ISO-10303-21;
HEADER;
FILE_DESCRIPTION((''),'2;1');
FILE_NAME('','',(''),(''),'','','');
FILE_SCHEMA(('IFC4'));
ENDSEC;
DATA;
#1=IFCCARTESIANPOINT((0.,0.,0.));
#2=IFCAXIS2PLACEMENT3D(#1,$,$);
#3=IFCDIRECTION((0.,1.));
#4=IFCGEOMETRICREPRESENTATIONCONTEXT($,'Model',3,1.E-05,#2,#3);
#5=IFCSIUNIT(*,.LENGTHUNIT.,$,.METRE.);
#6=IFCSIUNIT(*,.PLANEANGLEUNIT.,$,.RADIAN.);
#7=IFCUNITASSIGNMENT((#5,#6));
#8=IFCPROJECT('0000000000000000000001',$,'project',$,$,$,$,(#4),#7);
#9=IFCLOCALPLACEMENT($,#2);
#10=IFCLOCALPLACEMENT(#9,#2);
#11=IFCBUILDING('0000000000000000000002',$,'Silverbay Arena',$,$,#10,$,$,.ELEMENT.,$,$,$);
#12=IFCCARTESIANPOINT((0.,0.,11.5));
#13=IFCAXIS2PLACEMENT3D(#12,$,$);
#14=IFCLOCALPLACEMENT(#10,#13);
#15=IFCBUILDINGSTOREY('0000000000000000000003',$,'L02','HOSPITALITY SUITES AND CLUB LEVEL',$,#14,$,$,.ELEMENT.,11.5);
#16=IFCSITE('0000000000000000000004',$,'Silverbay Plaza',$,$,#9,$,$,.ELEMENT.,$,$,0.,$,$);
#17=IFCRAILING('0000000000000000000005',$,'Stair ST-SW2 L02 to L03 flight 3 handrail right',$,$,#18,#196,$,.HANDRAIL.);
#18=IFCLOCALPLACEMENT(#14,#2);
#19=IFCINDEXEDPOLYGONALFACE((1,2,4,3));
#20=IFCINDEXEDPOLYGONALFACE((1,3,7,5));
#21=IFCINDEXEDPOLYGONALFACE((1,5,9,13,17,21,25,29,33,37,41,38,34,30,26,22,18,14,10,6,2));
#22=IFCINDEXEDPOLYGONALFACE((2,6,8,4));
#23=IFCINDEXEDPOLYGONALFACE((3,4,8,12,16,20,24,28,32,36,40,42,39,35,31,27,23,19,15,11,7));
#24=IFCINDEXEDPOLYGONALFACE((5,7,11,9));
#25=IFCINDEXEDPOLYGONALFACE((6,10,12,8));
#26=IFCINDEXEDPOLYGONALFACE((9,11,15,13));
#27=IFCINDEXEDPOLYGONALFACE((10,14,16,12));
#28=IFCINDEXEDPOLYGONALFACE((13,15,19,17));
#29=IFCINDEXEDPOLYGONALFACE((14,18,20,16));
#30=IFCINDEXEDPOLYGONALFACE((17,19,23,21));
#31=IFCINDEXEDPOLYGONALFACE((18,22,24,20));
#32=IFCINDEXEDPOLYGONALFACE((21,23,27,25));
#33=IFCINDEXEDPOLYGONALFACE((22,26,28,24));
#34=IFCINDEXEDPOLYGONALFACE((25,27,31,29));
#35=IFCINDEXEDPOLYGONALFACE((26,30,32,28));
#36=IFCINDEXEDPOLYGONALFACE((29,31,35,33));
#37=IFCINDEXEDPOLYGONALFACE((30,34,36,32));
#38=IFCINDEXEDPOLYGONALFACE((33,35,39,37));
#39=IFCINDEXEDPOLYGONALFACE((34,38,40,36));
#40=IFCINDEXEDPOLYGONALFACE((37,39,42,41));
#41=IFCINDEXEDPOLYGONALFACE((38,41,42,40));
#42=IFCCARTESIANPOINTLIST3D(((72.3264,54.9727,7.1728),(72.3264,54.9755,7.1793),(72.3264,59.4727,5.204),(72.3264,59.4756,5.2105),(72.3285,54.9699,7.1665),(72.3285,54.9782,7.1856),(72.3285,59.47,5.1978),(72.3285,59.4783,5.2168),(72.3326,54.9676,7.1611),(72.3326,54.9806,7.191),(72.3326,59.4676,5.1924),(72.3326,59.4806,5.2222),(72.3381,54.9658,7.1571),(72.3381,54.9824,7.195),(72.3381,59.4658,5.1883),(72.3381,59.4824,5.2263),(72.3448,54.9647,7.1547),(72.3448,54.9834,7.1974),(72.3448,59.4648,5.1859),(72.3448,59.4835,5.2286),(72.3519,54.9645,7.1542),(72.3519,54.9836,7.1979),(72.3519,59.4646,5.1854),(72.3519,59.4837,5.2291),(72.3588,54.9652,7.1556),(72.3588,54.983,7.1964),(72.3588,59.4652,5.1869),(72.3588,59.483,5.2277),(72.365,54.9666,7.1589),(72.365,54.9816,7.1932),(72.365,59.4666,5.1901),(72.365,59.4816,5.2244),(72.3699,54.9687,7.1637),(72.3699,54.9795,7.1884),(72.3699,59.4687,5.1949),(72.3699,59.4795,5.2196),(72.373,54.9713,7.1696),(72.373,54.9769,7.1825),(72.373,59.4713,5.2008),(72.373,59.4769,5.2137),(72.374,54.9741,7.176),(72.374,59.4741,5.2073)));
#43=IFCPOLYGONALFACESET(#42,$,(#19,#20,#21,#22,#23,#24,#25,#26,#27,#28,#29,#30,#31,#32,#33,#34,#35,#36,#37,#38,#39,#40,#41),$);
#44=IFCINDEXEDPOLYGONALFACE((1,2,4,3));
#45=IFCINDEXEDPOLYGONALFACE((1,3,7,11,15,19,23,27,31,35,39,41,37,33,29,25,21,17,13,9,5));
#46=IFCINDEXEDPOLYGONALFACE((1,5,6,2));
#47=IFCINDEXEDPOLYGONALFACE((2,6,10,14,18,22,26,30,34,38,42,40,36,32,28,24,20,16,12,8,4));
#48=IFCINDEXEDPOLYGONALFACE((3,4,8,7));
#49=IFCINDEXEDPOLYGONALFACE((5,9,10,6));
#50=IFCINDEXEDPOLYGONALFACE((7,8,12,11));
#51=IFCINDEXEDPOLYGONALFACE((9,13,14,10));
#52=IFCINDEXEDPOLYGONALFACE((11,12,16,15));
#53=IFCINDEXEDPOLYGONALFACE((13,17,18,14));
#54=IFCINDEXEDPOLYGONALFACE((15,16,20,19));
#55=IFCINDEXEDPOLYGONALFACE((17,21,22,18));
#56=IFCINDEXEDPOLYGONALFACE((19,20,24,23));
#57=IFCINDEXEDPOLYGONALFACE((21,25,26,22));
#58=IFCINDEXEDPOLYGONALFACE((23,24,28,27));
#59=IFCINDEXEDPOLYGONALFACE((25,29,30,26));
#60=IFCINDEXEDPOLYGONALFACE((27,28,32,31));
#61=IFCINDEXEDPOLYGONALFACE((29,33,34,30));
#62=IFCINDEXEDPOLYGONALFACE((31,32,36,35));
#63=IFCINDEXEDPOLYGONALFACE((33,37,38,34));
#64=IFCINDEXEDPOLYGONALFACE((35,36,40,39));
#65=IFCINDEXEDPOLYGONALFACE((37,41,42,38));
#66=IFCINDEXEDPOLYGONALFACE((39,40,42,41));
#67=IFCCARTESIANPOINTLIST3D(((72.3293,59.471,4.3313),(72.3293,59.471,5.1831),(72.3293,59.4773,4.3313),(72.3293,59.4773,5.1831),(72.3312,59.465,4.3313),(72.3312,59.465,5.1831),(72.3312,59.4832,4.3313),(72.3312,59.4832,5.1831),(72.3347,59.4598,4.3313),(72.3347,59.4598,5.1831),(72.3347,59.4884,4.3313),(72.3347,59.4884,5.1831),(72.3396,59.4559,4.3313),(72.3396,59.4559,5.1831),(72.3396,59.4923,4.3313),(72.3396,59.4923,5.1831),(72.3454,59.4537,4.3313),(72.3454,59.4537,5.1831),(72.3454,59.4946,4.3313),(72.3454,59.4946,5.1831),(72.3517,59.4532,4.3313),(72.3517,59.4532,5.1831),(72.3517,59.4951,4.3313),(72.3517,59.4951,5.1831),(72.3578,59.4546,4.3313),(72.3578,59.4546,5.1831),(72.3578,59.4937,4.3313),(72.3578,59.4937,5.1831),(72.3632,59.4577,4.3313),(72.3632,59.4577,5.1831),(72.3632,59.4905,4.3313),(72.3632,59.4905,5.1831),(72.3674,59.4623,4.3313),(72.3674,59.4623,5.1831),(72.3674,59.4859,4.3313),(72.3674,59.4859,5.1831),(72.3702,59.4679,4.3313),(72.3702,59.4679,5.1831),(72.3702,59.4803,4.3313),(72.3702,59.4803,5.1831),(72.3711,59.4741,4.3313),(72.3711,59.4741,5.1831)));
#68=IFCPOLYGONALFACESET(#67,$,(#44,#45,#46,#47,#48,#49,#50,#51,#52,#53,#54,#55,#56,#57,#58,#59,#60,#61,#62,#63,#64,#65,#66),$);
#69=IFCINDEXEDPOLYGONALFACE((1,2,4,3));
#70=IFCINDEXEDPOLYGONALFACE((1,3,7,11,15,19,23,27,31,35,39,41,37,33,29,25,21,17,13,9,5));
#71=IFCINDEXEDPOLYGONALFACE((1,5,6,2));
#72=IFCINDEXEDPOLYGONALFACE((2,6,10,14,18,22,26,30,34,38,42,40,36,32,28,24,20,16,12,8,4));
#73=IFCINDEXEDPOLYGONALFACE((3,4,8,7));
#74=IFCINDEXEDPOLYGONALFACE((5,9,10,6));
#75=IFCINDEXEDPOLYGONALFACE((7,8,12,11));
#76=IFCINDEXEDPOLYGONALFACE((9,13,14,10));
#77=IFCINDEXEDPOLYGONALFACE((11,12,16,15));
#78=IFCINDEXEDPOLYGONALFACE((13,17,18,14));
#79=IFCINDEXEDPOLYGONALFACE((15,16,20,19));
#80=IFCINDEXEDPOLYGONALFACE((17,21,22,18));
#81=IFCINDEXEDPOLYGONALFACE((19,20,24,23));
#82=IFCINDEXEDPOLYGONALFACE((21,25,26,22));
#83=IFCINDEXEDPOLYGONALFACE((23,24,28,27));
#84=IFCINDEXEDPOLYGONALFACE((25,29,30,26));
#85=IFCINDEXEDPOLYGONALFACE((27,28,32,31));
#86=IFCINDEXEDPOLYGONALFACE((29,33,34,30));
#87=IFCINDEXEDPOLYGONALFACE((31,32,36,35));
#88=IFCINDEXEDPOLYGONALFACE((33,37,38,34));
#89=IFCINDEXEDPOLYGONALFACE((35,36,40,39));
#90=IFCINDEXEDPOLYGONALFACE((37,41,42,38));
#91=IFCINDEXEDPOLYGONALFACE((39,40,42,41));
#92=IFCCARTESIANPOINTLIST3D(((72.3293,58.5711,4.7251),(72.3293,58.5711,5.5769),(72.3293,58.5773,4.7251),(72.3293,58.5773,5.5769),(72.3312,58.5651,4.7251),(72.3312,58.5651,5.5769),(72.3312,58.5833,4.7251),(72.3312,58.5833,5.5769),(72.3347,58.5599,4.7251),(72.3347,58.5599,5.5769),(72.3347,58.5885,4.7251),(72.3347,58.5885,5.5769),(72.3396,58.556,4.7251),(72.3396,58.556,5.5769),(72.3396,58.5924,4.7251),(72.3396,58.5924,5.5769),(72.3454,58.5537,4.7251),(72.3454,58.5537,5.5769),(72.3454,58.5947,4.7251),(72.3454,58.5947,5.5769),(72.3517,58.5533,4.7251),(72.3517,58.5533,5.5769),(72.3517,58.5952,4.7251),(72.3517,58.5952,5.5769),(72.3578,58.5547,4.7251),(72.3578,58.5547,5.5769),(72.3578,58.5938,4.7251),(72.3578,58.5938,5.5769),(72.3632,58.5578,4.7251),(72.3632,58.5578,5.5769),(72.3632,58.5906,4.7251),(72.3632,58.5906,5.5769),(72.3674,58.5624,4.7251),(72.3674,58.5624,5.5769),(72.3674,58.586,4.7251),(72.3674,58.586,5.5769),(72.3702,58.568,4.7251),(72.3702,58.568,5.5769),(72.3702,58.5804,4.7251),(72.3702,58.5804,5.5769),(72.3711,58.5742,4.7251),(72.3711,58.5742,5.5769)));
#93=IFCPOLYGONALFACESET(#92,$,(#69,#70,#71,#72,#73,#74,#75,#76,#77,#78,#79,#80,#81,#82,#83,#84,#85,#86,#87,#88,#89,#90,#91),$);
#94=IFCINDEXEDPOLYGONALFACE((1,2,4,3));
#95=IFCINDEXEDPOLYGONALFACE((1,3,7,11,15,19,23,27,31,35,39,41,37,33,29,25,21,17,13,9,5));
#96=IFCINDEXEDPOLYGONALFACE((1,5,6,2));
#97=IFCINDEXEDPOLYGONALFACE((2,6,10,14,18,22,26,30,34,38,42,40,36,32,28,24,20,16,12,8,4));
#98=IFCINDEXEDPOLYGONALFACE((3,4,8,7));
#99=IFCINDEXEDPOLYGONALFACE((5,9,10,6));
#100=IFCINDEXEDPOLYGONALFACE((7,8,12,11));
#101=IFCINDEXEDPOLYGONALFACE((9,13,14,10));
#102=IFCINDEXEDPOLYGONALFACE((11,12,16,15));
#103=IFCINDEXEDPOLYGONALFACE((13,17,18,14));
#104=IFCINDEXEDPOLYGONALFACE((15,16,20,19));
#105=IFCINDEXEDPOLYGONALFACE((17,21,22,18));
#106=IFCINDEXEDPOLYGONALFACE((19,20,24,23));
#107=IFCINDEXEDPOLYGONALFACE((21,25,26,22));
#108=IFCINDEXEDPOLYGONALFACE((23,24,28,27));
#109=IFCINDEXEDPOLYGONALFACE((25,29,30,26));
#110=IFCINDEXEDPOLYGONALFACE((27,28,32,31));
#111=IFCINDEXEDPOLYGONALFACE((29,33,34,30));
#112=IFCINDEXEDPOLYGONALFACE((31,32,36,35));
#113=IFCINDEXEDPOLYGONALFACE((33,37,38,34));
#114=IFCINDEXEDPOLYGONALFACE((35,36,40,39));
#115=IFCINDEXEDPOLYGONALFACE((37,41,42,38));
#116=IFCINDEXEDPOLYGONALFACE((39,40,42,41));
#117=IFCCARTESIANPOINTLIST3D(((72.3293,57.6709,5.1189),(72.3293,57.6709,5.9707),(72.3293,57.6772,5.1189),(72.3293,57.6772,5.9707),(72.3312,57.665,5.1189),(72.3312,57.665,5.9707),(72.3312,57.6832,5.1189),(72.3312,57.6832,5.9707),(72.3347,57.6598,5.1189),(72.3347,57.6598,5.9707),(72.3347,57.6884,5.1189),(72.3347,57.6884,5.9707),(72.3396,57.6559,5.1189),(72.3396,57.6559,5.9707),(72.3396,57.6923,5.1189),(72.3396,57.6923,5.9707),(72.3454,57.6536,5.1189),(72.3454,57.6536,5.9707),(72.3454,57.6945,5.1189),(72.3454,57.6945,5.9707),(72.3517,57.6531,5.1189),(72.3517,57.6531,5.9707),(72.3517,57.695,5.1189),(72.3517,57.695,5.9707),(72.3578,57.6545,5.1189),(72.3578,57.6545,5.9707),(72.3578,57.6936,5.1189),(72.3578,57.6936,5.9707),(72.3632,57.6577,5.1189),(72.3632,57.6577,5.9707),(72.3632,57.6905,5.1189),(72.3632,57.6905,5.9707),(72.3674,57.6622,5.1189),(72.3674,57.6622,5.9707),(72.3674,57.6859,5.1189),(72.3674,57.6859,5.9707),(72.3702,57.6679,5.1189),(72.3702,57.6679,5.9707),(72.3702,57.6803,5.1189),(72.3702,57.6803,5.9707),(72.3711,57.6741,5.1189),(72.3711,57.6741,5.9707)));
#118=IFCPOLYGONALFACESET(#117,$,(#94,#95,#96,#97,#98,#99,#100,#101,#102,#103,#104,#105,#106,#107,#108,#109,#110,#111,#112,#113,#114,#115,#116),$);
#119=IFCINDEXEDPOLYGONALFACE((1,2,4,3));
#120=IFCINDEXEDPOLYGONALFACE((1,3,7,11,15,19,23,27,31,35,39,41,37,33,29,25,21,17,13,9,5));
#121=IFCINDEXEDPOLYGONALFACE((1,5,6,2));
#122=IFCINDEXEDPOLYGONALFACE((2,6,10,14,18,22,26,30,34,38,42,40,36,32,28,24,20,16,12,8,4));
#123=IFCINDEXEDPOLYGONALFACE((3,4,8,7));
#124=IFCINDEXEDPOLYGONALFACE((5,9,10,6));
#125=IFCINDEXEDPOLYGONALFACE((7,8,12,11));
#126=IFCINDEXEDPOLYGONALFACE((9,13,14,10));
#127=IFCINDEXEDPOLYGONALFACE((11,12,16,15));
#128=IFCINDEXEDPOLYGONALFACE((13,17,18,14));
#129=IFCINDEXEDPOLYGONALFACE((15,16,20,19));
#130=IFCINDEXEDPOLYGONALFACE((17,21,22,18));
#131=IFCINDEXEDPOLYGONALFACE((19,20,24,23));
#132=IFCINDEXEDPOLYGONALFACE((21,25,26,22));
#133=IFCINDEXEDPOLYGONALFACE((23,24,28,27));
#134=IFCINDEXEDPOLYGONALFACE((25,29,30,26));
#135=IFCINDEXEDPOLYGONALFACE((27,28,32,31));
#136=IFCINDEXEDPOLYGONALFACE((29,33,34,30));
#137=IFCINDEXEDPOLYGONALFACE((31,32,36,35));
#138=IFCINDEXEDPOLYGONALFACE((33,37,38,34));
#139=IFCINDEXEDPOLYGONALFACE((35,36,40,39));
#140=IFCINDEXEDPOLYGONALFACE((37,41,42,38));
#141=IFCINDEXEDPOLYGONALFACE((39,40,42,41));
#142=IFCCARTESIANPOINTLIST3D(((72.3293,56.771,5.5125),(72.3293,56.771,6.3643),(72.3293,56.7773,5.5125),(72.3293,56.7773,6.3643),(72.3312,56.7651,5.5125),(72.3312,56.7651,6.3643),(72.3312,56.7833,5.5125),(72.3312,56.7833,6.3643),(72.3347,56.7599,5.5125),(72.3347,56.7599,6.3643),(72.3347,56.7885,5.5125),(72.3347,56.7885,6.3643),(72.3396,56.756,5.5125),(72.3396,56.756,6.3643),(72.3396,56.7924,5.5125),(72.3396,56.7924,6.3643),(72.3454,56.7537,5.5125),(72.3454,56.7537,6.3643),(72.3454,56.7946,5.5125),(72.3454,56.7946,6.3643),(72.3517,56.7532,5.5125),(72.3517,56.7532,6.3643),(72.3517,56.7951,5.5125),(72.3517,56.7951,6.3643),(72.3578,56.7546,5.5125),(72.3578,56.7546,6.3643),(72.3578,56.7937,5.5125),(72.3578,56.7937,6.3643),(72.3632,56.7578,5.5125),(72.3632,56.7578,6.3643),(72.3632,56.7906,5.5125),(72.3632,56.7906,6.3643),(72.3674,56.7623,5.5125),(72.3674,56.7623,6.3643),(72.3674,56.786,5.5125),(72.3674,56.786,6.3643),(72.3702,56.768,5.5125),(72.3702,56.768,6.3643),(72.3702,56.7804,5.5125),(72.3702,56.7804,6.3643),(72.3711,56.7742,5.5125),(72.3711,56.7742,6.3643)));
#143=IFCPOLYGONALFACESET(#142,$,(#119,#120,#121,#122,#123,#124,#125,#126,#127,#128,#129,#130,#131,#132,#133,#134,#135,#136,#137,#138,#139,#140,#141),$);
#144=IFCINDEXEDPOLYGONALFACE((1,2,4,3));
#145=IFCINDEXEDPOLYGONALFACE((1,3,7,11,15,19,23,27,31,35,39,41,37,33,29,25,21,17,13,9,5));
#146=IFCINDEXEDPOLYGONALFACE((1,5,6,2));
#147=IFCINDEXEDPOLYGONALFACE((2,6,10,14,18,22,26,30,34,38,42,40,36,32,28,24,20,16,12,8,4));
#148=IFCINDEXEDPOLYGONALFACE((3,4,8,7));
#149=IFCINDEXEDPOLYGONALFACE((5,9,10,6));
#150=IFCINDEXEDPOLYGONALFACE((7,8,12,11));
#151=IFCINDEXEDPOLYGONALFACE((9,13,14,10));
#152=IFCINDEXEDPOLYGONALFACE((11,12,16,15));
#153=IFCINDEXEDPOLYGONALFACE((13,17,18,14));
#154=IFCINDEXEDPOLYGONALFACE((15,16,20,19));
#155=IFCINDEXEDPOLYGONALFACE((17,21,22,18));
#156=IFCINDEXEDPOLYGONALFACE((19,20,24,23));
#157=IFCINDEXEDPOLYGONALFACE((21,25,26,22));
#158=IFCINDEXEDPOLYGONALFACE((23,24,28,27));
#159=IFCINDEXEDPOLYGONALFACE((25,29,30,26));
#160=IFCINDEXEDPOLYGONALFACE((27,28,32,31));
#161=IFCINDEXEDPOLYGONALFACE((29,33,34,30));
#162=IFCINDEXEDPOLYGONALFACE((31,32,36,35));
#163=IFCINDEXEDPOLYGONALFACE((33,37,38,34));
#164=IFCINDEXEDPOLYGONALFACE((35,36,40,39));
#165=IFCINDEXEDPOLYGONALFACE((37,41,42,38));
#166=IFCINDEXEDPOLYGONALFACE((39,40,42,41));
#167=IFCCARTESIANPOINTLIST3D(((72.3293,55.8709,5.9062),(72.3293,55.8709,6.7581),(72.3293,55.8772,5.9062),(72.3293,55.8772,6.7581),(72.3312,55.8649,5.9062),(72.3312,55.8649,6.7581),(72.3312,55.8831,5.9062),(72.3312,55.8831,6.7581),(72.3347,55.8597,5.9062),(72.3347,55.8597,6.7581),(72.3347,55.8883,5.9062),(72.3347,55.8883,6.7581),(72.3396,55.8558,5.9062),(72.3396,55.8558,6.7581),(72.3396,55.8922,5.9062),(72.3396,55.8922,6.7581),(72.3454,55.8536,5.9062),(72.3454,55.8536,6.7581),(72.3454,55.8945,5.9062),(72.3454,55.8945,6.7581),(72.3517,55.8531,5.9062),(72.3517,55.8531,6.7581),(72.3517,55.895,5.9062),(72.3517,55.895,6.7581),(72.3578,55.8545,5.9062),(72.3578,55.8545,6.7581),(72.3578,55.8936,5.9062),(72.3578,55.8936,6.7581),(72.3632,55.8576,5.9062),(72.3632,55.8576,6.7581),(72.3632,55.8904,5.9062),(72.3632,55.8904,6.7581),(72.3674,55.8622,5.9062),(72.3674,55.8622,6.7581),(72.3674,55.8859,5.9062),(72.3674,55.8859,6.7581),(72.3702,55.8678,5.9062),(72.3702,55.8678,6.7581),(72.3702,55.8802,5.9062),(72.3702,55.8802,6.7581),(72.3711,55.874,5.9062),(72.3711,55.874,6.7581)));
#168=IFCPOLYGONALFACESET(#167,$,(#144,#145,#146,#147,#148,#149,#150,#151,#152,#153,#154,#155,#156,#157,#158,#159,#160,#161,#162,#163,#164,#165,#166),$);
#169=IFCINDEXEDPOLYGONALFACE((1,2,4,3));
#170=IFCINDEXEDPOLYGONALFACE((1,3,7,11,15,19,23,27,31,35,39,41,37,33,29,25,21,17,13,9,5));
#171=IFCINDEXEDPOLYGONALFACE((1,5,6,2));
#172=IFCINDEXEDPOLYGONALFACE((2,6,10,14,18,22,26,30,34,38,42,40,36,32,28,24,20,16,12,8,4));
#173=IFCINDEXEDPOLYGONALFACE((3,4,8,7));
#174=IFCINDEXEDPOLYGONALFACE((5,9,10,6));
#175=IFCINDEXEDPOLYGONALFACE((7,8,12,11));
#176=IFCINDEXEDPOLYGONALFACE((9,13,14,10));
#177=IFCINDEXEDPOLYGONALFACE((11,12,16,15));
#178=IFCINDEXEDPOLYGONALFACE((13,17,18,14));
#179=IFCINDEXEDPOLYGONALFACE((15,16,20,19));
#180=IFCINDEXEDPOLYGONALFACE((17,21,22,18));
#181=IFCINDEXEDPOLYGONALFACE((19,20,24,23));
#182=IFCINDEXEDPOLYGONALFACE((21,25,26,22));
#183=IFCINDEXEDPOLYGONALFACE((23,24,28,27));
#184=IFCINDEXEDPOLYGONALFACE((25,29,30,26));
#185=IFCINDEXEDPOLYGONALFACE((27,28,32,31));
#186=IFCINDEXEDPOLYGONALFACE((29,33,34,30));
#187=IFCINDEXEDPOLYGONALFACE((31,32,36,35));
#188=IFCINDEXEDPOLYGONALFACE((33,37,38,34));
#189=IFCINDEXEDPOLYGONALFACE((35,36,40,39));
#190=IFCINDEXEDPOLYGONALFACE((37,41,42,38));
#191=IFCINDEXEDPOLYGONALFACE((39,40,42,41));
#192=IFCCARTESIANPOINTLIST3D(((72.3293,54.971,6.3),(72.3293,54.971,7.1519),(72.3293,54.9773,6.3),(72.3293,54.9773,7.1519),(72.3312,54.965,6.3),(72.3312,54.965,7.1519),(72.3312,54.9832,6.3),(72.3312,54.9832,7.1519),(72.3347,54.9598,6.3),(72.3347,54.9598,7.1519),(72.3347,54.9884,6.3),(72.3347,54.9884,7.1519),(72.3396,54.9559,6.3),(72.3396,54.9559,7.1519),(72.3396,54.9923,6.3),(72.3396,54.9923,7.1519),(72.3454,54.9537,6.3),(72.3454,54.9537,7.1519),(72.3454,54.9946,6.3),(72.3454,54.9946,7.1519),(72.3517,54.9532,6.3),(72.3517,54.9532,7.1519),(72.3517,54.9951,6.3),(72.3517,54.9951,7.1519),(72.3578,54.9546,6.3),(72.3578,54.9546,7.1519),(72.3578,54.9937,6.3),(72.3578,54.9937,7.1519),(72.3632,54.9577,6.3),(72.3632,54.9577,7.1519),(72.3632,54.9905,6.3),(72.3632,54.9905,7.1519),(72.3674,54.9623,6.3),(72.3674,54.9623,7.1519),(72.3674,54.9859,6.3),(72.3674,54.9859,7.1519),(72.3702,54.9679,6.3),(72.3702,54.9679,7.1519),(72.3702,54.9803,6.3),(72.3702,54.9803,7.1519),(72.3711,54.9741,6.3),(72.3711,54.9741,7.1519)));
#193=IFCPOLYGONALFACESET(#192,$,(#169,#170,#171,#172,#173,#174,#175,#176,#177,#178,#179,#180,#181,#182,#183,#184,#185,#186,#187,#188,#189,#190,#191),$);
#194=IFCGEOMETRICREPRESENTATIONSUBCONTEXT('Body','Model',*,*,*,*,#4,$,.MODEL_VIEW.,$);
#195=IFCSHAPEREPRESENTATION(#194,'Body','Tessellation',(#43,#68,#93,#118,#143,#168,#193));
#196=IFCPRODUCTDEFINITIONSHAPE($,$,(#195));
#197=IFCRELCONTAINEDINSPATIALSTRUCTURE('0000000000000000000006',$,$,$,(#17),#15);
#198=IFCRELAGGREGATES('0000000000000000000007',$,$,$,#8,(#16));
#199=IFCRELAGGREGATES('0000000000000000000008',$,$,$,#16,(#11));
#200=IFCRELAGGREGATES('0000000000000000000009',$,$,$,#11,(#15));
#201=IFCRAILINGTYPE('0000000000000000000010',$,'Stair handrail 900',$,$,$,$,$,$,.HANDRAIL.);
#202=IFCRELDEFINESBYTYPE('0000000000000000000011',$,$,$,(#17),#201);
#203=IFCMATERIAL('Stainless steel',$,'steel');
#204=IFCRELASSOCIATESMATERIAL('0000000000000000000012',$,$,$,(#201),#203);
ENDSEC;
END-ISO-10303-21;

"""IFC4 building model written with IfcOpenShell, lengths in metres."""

from ifc_helpers import new_model, si_unit, direction, frame, origin, origin_2d, place, context, subcontext, project, spatial, circle, extrude, material, type_object, element, save


model = new_model("IFC4")

# Units and contexts
model_context = context("Model", 3, precision=1e-05, world=origin(), true_north=direction((0.0, 1.0)))
body_context = subcontext(model_context, "Body", "Model", "MODEL_VIEW")
ifc_project = project(units=[si_unit("LENGTHUNIT", "METRE"), si_unit("PLANEANGLEUNIT", "RADIAN")], contexts=[model_context])

# Site, building, storey
site_placement = place(None, origin())
site = spatial("IfcSite", under=ifc_project, at=site_placement, Name="Silverbay Plaza", CompositionType="ELEMENT", RefElevation=0.0)
building_placement = place(site_placement, origin())
building = spatial("IfcBuilding", under=site, at=building_placement, Name="Silverbay Arena", CompositionType="ELEMENT")
storey_placement = place(building_placement, frame((0.0, 0.0, 11.5)))
storey = spatial("IfcBuildingStorey", under=building, at=storey_placement, Name="L02", Description="HOSPITALITY SUITES AND CLUB LEVEL", CompositionType="ELEMENT", Elevation=11.5)

# Railing
ifc_material_1 = material(Name="Stainless steel", Category="steel")
railing_type_1 = type_object("IfcRailingType", Name="Stair handrail 900", PredefinedType="HANDRAIL", material=ifc_material_1)
for number, where, name in (
    (1, (72.3501, 59.4741, 4.3313), "Stair ST-SW2 L02 to L03 flight 3 handrail right"),
):
    element("IfcRailing", number, at=place(storey_placement, frame(where)), inside=storey, type_object=railing_type_1, Name=name, PredefinedType="HANDRAIL", context=body_context, shape_type="SweptSolid", body=[
        extrude(circle(Radius=0.0239, at=origin_2d()), frame((0.0, 0.0, 0.876), z_axis=(0.0, -0.916157, 0.400819), x_axis=(1.0, 0.0, 0.0)), (0.0, 0.0, 1.0), 4.9119),
        extrude(circle(Radius=0.021, at=origin_2d()), origin(), (0.0, 0.0, 1.0), 0.8518),
        extrude(circle(Radius=0.021, at=origin_2d()), frame((0.0, -0.8999, 0.3938)), (0.0, 0.0, 1.0), 0.8518),
        extrude(circle(Radius=0.021, at=origin_2d()), frame((0.0, -1.8, 0.7876)), (0.0, 0.0, 1.0), 0.8518),
        extrude(circle(Radius=0.021, at=origin_2d()), frame((0.0, -2.7, 1.1812)), (0.0, 0.0, 1.0), 0.8518),
        extrude(circle(Radius=0.021, at=origin_2d()), frame((0.0, -3.6001, 1.575)), (0.0, 0.0, 1.0), 0.8518),
        extrude(circle(Radius=0.021, at=origin_2d()), frame((0.0, -4.5, 1.9688)), (0.0, 0.0, 1.0), 0.8518),
    ])

save(model, "model.ifc")
